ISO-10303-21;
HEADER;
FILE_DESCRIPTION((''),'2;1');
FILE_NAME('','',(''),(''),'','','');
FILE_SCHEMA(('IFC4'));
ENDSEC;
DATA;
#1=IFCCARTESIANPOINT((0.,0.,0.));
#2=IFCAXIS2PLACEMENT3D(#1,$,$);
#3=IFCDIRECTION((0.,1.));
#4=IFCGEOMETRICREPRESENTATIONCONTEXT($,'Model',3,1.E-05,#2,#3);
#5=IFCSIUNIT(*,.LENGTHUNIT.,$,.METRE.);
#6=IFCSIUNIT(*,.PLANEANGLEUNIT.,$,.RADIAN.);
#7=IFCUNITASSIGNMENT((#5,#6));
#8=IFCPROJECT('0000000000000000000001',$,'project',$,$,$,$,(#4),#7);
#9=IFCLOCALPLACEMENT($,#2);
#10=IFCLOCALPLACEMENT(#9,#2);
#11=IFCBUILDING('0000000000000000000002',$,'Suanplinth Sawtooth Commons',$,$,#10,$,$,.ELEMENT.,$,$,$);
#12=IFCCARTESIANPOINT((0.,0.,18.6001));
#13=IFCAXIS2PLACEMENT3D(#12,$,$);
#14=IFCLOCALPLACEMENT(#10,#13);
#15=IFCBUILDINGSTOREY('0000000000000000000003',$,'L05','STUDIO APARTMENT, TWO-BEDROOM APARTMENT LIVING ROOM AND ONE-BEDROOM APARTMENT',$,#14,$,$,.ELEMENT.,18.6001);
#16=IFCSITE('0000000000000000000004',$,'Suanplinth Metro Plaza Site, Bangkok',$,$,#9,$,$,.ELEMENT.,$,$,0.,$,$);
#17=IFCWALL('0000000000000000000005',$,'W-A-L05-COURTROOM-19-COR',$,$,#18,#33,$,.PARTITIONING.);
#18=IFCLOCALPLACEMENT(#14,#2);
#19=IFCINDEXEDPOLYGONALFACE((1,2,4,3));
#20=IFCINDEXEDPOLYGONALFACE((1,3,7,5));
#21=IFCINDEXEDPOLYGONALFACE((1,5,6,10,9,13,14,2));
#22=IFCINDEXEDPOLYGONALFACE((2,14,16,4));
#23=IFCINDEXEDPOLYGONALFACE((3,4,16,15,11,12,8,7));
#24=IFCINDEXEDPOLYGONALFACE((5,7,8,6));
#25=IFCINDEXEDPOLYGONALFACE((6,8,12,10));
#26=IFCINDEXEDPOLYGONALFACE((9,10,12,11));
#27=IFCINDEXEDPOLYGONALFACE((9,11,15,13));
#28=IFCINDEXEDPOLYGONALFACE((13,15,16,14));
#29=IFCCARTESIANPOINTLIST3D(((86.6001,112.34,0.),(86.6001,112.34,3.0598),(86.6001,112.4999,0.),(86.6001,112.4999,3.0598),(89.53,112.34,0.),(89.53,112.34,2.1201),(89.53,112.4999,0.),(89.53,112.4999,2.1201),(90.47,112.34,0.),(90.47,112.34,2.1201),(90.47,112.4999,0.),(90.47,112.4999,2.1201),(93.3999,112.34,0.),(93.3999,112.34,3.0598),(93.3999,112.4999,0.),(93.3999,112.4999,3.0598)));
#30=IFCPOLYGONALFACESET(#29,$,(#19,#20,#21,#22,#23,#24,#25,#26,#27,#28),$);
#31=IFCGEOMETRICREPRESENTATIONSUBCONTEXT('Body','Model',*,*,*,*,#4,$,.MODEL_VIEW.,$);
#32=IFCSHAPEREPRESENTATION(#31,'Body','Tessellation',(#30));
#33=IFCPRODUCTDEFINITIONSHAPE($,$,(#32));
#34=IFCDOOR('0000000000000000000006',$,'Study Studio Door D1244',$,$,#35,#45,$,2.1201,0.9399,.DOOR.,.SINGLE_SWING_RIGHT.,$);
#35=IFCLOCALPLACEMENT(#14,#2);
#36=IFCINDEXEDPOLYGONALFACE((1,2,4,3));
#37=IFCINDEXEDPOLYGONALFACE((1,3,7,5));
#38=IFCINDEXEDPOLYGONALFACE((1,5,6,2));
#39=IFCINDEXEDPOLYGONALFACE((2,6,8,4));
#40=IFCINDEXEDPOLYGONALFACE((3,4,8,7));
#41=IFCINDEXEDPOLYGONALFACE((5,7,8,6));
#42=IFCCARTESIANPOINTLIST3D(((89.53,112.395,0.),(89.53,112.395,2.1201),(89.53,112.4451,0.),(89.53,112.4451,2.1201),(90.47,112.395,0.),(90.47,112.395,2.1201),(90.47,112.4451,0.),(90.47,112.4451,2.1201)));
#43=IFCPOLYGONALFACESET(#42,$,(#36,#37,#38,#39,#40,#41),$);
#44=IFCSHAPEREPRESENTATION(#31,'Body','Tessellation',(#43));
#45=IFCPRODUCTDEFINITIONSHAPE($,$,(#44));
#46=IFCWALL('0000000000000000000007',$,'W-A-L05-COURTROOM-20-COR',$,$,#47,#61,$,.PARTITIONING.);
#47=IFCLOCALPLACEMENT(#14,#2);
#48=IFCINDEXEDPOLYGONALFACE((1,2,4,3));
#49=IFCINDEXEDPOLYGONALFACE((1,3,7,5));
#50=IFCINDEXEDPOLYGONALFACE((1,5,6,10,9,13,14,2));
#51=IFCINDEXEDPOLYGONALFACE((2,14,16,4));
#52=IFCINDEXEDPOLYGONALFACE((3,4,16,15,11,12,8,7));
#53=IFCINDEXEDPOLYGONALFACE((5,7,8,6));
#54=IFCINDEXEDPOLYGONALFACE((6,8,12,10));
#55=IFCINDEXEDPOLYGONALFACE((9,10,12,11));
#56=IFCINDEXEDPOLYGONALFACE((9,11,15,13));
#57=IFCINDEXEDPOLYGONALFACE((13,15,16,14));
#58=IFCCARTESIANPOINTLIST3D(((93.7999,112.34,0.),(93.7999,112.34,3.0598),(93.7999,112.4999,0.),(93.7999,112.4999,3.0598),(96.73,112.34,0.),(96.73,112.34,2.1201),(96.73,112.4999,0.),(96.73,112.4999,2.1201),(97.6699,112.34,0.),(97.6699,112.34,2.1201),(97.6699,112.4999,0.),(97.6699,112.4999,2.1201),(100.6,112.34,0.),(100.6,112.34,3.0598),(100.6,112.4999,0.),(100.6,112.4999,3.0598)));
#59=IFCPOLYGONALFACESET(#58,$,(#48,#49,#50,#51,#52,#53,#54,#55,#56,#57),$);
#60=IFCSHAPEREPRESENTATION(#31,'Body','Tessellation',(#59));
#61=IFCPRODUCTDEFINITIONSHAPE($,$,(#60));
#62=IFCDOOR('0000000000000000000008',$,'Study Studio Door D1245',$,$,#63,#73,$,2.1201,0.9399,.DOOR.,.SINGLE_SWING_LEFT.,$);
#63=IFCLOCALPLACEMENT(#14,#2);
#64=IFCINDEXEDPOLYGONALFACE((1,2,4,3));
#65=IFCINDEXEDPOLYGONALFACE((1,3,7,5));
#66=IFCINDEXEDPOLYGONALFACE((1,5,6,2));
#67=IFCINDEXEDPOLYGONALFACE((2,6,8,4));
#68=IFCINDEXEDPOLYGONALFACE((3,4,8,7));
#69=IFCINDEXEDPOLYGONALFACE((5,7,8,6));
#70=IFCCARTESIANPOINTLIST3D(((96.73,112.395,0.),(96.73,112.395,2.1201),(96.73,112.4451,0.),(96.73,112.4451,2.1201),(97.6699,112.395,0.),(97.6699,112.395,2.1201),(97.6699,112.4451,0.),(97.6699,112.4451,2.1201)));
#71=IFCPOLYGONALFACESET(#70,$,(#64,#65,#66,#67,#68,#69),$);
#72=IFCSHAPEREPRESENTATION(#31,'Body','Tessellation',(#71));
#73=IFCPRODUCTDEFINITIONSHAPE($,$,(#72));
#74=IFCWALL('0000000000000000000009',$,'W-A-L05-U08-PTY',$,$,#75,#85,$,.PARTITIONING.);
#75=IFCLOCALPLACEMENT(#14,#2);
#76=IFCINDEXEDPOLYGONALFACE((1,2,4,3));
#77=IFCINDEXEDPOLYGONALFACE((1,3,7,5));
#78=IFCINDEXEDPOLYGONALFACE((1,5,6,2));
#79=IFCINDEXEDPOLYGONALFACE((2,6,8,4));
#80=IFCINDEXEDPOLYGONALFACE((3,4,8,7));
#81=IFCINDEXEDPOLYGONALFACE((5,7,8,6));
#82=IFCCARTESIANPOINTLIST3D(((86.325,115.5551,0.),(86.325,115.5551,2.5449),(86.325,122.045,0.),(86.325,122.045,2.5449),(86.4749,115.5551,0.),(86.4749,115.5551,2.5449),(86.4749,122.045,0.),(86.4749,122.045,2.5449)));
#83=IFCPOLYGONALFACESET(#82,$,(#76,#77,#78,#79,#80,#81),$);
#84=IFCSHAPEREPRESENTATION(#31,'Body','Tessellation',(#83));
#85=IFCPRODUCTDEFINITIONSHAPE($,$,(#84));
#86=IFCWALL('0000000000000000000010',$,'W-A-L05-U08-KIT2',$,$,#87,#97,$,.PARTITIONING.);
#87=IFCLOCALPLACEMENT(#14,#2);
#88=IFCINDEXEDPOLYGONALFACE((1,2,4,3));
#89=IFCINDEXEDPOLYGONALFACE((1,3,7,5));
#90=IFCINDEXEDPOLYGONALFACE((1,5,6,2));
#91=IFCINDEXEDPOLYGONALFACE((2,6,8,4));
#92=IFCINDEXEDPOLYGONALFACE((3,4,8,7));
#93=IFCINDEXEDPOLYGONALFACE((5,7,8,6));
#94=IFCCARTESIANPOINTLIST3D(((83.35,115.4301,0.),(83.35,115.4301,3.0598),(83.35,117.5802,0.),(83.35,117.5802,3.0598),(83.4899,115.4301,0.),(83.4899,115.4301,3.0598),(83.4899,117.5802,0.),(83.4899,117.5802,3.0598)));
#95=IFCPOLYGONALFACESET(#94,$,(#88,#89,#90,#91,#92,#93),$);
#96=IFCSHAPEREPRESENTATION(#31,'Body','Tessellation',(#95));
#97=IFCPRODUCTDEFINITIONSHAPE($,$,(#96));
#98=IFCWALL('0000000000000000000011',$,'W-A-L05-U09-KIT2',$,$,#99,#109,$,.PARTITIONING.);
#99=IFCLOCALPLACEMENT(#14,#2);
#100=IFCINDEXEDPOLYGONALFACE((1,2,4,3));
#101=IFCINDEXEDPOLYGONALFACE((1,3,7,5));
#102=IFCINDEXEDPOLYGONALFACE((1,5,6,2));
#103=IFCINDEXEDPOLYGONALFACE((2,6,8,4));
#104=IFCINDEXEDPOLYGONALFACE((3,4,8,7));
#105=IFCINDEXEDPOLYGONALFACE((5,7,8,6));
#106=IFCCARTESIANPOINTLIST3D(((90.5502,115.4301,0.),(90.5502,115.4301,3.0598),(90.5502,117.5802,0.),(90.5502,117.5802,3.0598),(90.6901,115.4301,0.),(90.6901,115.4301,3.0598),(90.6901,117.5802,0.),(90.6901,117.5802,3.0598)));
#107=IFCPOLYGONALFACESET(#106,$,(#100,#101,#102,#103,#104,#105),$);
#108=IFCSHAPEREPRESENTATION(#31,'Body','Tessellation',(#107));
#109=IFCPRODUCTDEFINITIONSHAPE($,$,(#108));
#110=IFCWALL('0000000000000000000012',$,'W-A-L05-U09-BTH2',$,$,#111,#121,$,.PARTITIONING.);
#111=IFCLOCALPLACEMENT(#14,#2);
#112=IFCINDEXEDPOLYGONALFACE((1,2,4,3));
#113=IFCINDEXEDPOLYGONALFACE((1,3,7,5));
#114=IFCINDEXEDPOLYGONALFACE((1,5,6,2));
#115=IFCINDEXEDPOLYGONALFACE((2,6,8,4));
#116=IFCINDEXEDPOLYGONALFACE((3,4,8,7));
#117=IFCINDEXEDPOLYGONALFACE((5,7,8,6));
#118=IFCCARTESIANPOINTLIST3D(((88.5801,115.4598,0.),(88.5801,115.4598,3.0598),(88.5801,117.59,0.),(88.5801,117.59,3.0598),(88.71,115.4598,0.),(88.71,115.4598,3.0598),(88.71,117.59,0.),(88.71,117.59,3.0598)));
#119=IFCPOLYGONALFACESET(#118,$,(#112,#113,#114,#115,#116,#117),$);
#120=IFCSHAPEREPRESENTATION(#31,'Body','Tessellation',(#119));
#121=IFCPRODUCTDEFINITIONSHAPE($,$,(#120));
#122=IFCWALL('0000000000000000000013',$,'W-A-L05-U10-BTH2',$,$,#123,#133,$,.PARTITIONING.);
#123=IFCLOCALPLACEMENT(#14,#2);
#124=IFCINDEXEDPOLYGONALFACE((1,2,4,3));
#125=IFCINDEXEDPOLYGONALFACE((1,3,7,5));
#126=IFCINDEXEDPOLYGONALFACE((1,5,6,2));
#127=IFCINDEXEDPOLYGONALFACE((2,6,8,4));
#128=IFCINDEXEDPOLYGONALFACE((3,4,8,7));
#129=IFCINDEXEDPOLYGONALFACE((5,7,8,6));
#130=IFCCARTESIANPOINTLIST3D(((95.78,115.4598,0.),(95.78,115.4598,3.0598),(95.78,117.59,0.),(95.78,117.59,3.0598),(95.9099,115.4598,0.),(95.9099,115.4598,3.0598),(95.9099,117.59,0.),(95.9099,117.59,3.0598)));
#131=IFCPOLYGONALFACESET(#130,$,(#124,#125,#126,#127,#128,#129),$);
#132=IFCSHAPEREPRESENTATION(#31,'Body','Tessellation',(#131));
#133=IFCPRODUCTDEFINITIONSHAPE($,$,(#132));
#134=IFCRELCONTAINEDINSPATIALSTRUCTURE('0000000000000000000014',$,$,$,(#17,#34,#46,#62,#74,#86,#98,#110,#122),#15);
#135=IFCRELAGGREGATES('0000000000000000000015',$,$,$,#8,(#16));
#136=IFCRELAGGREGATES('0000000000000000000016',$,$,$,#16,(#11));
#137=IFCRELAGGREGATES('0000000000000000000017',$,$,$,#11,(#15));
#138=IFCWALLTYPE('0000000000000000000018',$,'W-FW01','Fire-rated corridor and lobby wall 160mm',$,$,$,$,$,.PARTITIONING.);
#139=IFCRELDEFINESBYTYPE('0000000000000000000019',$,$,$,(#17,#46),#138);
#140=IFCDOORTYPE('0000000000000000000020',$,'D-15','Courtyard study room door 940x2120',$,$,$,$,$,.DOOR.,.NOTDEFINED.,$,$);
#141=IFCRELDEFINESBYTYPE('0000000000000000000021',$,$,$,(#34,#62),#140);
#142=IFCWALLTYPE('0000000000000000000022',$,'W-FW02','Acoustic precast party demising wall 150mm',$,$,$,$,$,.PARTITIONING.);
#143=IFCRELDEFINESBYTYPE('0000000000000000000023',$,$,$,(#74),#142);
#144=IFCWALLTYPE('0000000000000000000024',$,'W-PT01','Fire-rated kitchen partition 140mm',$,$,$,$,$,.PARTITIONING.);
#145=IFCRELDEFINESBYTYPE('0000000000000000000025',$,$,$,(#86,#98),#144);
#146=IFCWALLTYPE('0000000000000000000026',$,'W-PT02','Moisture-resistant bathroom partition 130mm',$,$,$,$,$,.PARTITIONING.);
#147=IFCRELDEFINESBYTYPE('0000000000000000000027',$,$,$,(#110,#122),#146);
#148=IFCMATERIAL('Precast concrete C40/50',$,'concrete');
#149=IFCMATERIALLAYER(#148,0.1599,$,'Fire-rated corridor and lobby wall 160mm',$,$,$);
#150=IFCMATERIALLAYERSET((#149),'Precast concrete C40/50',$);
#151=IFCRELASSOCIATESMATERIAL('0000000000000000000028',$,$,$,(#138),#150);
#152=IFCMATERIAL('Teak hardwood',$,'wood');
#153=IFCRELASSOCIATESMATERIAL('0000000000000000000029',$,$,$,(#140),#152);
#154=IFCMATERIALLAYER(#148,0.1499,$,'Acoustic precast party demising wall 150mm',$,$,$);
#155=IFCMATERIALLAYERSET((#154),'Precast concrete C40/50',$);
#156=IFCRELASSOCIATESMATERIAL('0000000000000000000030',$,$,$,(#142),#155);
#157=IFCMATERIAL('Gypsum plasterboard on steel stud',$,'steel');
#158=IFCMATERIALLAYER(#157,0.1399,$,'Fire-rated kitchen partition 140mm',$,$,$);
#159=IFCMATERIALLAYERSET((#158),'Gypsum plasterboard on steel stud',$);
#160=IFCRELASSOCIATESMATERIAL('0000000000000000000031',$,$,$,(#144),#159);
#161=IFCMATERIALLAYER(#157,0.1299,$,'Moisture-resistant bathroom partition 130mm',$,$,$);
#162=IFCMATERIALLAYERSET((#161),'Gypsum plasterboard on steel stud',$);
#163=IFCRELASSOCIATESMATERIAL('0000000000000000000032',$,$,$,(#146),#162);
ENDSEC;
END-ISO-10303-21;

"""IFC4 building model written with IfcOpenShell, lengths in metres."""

from ifc_helpers import new_model, si_unit, direction, frame, frame_2d, origin, place, context, subcontext, project, spatial, rectangle, extrude, material, layer, layer_set, type_object, element, fill, save


model = new_model("IFC4")

# Units and contexts
model_context = context("Model", 3, precision=1e-05, world=origin(), true_north=direction((0.0, 1.0)))
body_context = subcontext(model_context, "Body", "Model", "MODEL_VIEW")
ifc_project = project(units=[si_unit("LENGTHUNIT", "METRE"), si_unit("PLANEANGLEUNIT", "RADIAN")], contexts=[model_context])

# Site, building, storey
site_placement = place(None, origin())
site = spatial("IfcSite", under=ifc_project, at=site_placement, Name="Suanplinth Metro Plaza Site, Bangkok", CompositionType="ELEMENT", RefElevation=0.0)
building_placement = place(site_placement, origin())
building = spatial("IfcBuilding", under=site, at=building_placement, Name="Suanplinth Sawtooth Commons", CompositionType="ELEMENT")
storey_placement = place(building_placement, frame((0.0, 0.0, 18.6001)))
storey = spatial("IfcBuildingStorey", under=building, at=storey_placement, Name="L05", Description="STUDIO APARTMENT, TWO-BEDROOM APARTMENT LIVING ROOM AND ONE-BEDROOM APARTMENT", CompositionType="ELEMENT", Elevation=18.6001)

# Shared definitions
ifc_material_1 = material(Name="Precast concrete C40/50", Category="concrete")

# Walls, openings, doors
ifc_layer_1 = layer(ifc_material_1, 0.1599, Name="Fire-rated corridor and lobby wall 160mm")
ifc_layer_set_1 = layer_set([ifc_layer_1], Name="Precast concrete C40/50")
wall_type_1 = type_object("IfcWallType", Name="W-FW01", Description="Fire-rated corridor and lobby wall 160mm", PredefinedType="PARTITIONING", material=ifc_layer_set_1)
wall_1_placement = place(storey_placement, frame((86.6001, 112.4199, 0.0), z_axis=(0.0, 0.0, 1.0), x_axis=(1.0, 0.0, 0.0)))
wall_1 = element("IfcWall", 1, at=wall_1_placement, inside=storey, type_object=wall_type_1, Name="W-A-L05-COURTROOM-19-COR", PredefinedType="PARTITIONING", context=body_context, shape_type="SweptSolid", body=[
    extrude(rectangle(XDim=6.7998, YDim=0.1599, at=frame_2d((3.3999, 0.0))), origin(), (0.0, 0.0, 1.0), 3.0598),
])
opening_1_placement = place(wall_1_placement, frame((2.9299, 0.0, 0.0)))
opening_1 = element("IfcOpeningElement", 2, at=opening_1_placement, cuts=wall_1, PredefinedType="OPENING", context=body_context, shape_type="SweptSolid", body=[
    extrude(rectangle(XDim=0.9399, YDim=2.1201, at=frame_2d((0.47, 1.0601))), frame((0.0, 0.0947, 0.0), z_axis=(0.0, -1.0, 0.0), x_axis=(1.0, 0.0, 0.0)), (0.0, 0.0, 1.0), 0.1897),
])
ifc_material_2 = material(Name="Teak hardwood", Category="wood")
door_type_1 = type_object("IfcDoorType", Name="D-15", Description="Courtyard study room door 940x2120", OperationType="NOTDEFINED", PredefinedType="DOOR", material=ifc_material_2)
door_1_placement = place(opening_1_placement, frame((0.9399, 0.0, 0.0), z_axis=(0.0, 0.0, 1.0), x_axis=(-1.0, 0.0, 0.0)))
door_1 = element("IfcDoor", 3, at=door_1_placement, inside=storey, type_object=door_type_1, Name="Study Studio Door D1244", OperationType="SINGLE_SWING_RIGHT", OverallHeight=2.1201, OverallWidth=0.9399, PredefinedType="DOOR", context=body_context, shape_type="SweptSolid", body=[
    extrude(rectangle(XDim=0.9399, YDim=2.1201, at=frame_2d((0.47, 1.0601))), frame((0.0, 0.0249, 0.0), z_axis=(0.0, -1.0, 0.0), x_axis=(1.0, 0.0, 0.0)), (0.0, 0.0, 1.0), 0.05),
])
fill(opening_1, door_1)
wall_2_placement = place(storey_placement, frame((93.8, 112.4199, 0.0), z_axis=(0.0, 0.0, 1.0), x_axis=(1.0, 0.0, 0.0)))
wall_2 = element("IfcWall", 4, at=wall_2_placement, inside=storey, type_object=wall_type_1, Name="W-A-L05-COURTROOM-20-COR", PredefinedType="PARTITIONING", context=body_context, shape_type="SweptSolid", body=[
    extrude(rectangle(XDim=6.8, YDim=0.1599, at=frame_2d((3.3999, 0.0))), origin(), (0.0, 0.0, 1.0), 3.0598),
])
opening_2_placement = place(wall_2_placement, frame((2.9299, 0.0, 0.0)))
opening_2 = element("IfcOpeningElement", 5, at=opening_2_placement, cuts=wall_2, PredefinedType="OPENING", context=body_context, shape_type="SweptSolid", body=[
    extrude(rectangle(XDim=0.9399, YDim=2.1201, at=frame_2d((0.47, 1.0601))), frame((0.0, 0.0947, 0.0), z_axis=(0.0, -1.0, 0.0), x_axis=(1.0, 0.0, 0.0)), (0.0, 0.0, 1.0), 0.1897),
])
door_2_placement = place(opening_2_placement, frame((0.9399, 0.0, 0.0), z_axis=(0.0, 0.0, 1.0), x_axis=(-1.0, 0.0, 0.0)))
door_2 = element("IfcDoor", 6, at=door_2_placement, inside=storey, type_object=door_type_1, Name="Study Studio Door D1245", OperationType="SINGLE_SWING_LEFT", OverallHeight=2.1201, OverallWidth=0.9399, PredefinedType="DOOR", context=body_context, shape_type="SweptSolid", body=[
    extrude(rectangle(XDim=0.9399, YDim=2.1201, at=frame_2d((0.47, 1.0601))), frame((0.0, 0.0249, 0.0), z_axis=(0.0, -1.0, 0.0), x_axis=(1.0, 0.0, 0.0)), (0.0, 0.0, 1.0), 0.05),
])
fill(opening_2, door_2)

# Walls
ifc_layer_2 = layer(ifc_material_1, 0.1499, Name="Acoustic precast party demising wall 150mm")
ifc_layer_set_2 = layer_set([ifc_layer_2], Name="Precast concrete C40/50")
wall_type_2 = type_object("IfcWallType", Name="W-FW02", Description="Acoustic precast party demising wall 150mm", PredefinedType="PARTITIONING", material=ifc_layer_set_2)
wall_3_placement = place(storey_placement, frame((86.3999, 115.5549, 0.0), z_axis=(0.0, 0.0, 1.0), x_axis=(0.0, 1.0, 0.0)))
element("IfcWall", 7, at=wall_3_placement, inside=storey, type_object=wall_type_2, Name="W-A-L05-U08-PTY", PredefinedType="PARTITIONING", context=body_context, shape_type="SweptSolid", body=[
    extrude(rectangle(XDim=6.49, YDim=0.1499, at=frame_2d((3.2451, 0.0))), origin(), (0.0, 0.0, 1.0), 2.5449),
])
ifc_material_3 = material(Name="Gypsum plasterboard on steel stud", Category="steel")
ifc_layer_3 = layer(ifc_material_3, 0.1399, Name="Fire-rated kitchen partition 140mm")
ifc_layer_set_3 = layer_set([ifc_layer_3], Name="Gypsum plasterboard on steel stud")
wall_type_3 = type_object("IfcWallType", Name="W-PT01", Description="Fire-rated kitchen partition 140mm", PredefinedType="PARTITIONING", material=ifc_layer_set_3)
for number, where, z_axis, x_axis, name in (
    (8, (83.4199, 115.4299, 0.0), (0.0, 0.0, 1.0), (0.0, 1.0, 0.0), "W-A-L05-U08-KIT2"),
    (9, (90.6201, 115.4299, 0.0), (0.0, 0.0, 1.0), (0.0, 1.0, 0.0), "W-A-L05-U09-KIT2"),
):
    element("IfcWall", number, at=place(storey_placement, frame(where, z_axis=z_axis, x_axis=x_axis)), inside=storey, type_object=wall_type_3, Name=name, PredefinedType="PARTITIONING", context=body_context, shape_type="SweptSolid", body=[
        extrude(rectangle(XDim=2.1501, YDim=0.1399, at=frame_2d((1.0752, 0.0))), origin(), (0.0, 0.0, 1.0), 3.0598),
    ])
ifc_layer_4 = layer(ifc_material_3, 0.1299, Name="Moisture-resistant bathroom partition 130mm")
ifc_layer_set_4 = layer_set([ifc_layer_4], Name="Gypsum plasterboard on steel stud")
wall_type_4 = type_object("IfcWallType", Name="W-PT02", Description="Moisture-resistant bathroom partition 130mm", PredefinedType="PARTITIONING", material=ifc_layer_set_4)
for number, where, z_axis, x_axis, name in (
    (10, (88.645, 115.46, 0.0), (0.0, 0.0, 1.0), (0.0, 1.0, 0.0), "W-A-L05-U09-BTH2"),
    (11, (95.845, 115.46, 0.0), (0.0, 0.0, 1.0), (0.0, 1.0, 0.0), "W-A-L05-U10-BTH2"),
):
    element("IfcWall", number, at=place(storey_placement, frame(where, z_axis=z_axis, x_axis=x_axis)), inside=storey, type_object=wall_type_4, Name=name, PredefinedType="PARTITIONING", context=body_context, shape_type="SweptSolid", body=[
        extrude(rectangle(XDim=2.1301, YDim=0.1299, at=frame_2d((1.0649, 0.0))), origin(), (0.0, 0.0, 1.0), 3.0598),
    ])

save(model, "model.ifc")
